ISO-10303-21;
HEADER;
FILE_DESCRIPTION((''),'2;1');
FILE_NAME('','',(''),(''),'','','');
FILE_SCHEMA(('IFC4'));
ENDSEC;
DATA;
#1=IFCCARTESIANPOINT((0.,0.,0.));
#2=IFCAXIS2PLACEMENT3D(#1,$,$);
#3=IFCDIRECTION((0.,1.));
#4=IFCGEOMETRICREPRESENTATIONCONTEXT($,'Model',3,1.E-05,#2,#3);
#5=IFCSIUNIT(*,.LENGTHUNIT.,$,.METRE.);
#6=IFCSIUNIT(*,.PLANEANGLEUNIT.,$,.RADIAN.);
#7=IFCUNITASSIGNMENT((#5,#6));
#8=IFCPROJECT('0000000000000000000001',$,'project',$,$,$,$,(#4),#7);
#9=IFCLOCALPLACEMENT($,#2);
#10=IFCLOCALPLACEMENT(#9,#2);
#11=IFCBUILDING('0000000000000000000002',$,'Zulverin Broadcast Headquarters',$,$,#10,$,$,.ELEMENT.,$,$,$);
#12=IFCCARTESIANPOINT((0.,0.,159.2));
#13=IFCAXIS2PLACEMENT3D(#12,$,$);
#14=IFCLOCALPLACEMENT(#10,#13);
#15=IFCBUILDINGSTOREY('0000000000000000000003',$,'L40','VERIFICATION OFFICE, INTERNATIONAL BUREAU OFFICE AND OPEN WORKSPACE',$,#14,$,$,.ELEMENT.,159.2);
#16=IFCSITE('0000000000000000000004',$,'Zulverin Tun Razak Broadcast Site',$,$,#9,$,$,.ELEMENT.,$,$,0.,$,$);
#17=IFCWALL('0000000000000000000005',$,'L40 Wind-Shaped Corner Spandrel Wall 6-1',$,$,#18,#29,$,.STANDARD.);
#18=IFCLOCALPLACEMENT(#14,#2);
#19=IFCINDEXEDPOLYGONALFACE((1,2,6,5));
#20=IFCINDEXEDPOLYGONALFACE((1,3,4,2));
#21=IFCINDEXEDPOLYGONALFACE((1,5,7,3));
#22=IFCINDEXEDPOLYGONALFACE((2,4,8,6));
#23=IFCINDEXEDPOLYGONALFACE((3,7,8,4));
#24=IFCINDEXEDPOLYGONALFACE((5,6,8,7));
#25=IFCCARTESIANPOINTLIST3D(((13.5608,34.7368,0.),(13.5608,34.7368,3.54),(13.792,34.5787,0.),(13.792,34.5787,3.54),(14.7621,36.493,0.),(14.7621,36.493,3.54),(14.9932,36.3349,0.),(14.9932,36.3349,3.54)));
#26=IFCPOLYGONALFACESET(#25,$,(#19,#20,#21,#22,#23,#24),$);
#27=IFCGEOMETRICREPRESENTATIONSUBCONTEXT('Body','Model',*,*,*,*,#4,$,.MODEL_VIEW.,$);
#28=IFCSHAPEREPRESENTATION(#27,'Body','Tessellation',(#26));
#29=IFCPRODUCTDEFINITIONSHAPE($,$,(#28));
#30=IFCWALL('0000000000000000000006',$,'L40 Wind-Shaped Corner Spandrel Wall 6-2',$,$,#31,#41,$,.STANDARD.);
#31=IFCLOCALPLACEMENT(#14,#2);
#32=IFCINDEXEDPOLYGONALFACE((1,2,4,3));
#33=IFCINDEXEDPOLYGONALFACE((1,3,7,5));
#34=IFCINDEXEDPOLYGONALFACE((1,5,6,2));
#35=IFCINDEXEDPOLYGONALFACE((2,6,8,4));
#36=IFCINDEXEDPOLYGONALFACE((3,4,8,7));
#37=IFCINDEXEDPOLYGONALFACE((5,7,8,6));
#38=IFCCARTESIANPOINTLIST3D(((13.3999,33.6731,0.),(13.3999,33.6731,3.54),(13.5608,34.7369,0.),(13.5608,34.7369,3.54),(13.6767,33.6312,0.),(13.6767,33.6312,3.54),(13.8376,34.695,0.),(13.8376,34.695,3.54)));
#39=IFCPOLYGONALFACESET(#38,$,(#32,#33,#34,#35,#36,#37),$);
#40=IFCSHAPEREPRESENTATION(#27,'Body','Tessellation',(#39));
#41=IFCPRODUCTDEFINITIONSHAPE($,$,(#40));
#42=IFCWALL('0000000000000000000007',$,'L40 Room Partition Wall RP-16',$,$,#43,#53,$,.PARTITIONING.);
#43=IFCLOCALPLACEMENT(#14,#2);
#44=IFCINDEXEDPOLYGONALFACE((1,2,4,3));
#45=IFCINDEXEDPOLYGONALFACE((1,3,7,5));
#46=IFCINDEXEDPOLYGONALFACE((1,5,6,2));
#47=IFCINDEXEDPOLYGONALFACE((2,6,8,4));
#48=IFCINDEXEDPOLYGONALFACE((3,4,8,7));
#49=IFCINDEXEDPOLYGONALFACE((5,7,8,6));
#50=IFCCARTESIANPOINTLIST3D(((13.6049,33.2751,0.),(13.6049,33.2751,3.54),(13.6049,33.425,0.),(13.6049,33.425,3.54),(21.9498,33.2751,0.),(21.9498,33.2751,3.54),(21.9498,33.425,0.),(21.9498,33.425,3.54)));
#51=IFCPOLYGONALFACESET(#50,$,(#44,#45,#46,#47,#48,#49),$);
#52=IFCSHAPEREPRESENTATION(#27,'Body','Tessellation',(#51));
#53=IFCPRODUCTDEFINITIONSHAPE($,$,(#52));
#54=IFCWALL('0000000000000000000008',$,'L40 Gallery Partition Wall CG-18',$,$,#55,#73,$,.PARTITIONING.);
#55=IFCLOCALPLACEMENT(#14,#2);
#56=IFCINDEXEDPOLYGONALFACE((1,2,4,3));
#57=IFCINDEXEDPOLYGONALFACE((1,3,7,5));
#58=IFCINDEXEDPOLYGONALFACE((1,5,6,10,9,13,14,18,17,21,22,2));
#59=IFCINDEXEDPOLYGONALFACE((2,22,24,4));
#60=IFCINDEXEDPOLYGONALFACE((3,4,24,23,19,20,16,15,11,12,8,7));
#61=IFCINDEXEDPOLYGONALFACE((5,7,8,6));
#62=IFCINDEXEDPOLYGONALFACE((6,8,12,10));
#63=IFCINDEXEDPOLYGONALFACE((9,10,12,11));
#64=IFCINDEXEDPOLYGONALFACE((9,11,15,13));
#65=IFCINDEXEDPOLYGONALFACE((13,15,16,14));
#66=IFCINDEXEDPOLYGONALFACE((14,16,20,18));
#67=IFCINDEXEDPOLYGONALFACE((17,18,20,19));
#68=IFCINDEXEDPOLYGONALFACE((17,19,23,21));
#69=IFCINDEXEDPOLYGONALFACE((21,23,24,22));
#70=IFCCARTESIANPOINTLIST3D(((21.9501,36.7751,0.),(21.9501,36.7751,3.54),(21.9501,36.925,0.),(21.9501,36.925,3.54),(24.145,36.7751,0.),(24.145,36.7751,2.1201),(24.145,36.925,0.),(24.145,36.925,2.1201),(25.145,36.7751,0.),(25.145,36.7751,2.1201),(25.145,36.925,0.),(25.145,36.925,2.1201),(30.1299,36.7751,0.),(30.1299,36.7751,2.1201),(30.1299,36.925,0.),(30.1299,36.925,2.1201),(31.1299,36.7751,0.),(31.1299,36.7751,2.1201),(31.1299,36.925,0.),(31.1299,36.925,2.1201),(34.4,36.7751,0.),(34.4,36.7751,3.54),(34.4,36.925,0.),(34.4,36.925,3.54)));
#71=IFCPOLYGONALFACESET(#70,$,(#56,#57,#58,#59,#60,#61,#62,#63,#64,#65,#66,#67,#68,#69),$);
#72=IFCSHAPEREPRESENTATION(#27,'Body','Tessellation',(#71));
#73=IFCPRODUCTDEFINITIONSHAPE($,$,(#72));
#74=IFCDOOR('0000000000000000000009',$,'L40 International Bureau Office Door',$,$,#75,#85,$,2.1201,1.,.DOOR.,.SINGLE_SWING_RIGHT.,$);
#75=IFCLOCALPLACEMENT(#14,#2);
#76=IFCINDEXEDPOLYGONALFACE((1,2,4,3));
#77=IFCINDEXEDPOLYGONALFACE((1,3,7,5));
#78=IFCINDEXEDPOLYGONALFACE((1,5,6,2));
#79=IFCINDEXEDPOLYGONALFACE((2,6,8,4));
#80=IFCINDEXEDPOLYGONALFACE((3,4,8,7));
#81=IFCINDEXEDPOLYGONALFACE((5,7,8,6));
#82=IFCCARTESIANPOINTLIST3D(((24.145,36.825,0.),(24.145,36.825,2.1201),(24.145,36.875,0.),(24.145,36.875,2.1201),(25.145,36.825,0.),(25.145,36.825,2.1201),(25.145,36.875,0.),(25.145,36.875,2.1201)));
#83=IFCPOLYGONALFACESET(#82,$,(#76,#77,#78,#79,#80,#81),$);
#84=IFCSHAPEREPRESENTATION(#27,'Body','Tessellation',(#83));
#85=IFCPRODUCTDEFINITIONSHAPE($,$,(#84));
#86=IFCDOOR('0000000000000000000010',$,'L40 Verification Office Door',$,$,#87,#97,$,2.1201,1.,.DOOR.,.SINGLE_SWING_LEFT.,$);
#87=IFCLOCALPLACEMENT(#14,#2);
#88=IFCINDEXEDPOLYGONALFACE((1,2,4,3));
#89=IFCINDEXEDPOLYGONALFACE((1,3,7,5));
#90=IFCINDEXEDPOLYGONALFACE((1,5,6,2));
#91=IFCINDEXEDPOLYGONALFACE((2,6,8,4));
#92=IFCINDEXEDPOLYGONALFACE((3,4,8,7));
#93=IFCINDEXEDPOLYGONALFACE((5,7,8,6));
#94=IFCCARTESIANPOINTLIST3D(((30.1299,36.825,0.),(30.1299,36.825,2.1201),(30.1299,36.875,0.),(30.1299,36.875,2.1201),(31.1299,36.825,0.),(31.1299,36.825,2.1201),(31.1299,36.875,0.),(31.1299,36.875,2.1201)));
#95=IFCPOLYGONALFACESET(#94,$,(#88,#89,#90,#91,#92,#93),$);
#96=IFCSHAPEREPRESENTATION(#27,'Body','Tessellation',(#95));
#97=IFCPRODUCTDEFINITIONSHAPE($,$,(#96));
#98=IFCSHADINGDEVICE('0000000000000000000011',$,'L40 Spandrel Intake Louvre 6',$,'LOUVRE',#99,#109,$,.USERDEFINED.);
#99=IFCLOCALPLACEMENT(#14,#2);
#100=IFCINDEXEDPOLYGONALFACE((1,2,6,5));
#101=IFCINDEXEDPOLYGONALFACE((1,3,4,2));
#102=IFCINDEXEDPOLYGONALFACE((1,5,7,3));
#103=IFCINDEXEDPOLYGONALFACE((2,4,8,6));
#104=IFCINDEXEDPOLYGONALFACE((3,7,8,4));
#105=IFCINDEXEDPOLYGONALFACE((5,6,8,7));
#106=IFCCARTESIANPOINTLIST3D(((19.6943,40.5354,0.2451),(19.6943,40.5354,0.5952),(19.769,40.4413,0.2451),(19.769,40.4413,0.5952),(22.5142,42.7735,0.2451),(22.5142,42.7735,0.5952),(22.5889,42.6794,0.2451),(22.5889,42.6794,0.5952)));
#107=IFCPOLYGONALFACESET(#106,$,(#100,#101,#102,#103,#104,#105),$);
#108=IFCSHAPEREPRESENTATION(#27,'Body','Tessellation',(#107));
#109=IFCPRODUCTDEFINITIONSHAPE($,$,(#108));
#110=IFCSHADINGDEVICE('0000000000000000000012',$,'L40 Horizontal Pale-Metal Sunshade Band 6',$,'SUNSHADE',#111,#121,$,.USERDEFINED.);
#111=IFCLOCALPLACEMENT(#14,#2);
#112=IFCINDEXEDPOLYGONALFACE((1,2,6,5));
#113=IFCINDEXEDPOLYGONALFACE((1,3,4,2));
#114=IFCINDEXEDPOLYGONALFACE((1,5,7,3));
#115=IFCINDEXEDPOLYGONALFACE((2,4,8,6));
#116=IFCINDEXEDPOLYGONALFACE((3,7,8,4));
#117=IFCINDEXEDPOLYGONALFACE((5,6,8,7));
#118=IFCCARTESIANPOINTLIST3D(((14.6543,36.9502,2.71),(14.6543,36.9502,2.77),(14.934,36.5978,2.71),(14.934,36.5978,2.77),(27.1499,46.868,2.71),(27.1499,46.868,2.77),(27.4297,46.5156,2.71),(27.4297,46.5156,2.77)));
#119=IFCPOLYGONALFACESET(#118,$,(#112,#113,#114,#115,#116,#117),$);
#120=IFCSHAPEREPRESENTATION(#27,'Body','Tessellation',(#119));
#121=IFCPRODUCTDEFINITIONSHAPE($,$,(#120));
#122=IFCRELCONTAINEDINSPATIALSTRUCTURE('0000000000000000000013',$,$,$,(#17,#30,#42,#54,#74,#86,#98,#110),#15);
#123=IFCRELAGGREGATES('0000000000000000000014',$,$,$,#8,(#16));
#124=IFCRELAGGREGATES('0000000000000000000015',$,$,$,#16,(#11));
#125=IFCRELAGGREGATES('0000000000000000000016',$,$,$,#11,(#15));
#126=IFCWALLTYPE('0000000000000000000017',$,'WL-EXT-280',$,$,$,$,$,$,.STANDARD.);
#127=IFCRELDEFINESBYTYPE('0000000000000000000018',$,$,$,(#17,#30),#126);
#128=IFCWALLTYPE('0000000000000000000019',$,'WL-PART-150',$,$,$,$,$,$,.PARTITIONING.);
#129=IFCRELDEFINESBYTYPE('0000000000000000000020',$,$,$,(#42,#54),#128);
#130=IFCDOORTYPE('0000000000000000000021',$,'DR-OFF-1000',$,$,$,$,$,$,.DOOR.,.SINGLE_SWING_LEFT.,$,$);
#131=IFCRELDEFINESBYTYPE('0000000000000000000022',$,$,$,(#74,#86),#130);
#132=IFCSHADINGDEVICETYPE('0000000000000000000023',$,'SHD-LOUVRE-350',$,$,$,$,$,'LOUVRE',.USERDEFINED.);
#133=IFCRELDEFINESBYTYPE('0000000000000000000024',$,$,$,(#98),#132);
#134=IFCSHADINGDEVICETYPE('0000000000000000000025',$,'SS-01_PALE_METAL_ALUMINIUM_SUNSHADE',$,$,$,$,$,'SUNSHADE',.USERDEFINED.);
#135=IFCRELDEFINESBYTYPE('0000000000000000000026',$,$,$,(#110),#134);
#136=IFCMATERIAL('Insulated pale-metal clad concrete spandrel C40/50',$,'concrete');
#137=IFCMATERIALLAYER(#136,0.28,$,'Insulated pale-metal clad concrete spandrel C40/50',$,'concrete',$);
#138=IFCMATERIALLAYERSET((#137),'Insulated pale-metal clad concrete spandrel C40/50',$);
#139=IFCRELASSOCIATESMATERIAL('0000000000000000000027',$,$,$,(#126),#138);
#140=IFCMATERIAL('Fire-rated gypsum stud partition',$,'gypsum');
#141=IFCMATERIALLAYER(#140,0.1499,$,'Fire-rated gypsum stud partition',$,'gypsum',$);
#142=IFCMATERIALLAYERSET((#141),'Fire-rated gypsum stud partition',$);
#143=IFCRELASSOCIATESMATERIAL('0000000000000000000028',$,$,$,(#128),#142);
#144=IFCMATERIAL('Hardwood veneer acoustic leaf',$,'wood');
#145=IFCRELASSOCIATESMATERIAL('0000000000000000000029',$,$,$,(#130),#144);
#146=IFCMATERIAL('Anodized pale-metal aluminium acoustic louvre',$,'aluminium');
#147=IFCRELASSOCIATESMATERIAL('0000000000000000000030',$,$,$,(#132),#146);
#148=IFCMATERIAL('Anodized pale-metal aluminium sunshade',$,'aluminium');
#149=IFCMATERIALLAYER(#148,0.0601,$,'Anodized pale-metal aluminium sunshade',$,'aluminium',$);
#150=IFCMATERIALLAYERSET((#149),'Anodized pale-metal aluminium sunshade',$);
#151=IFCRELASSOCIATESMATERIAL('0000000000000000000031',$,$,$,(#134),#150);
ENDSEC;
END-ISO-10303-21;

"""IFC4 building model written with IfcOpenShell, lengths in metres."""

from ifc_helpers import new_model, si_unit, direction, frame, frame_2d, origin, origin_2d, place, context, subcontext, project, spatial, rectangle, extrude, material, layer, layer_set, type_object, element, fill, save


model = new_model("IFC4")

# Units and contexts
model_context = context("Model", 3, precision=1e-05, world=origin(), true_north=direction((0.0, 1.0)))
body_context = subcontext(model_context, "Body", "Model", "MODEL_VIEW")
ifc_project = project(units=[si_unit("LENGTHUNIT", "METRE"), si_unit("PLANEANGLEUNIT", "RADIAN")], contexts=[model_context])

# Site, building, storey
site_placement = place(None, origin())
site = spatial("IfcSite", under=ifc_project, at=site_placement, Name="Zulverin Tun Razak Broadcast Site", CompositionType="ELEMENT", RefElevation=0.0)
building_placement = place(site_placement, origin())
building = spatial("IfcBuilding", under=site, at=building_placement, Name="Zulverin Broadcast Headquarters", CompositionType="ELEMENT")
storey_placement = place(building_placement, frame((0.0, 0.0, 159.2)))
storey = spatial("IfcBuildingStorey", under=building, at=storey_placement, Name="L40", Description="VERIFICATION OFFICE, INTERNATIONAL BUREAU OFFICE AND OPEN WORKSPACE", CompositionType="ELEMENT", Elevation=159.2)

# Shared definitions
ifc_material_1 = material(Name="Insulated pale-metal clad concrete spandrel C40/50", Category="concrete")
ifc_layer_1 = layer(ifc_material_1, 0.28, Name="Insulated pale-metal clad concrete spandrel C40/50", Category="concrete")
ifc_layer_set_1 = layer_set([ifc_layer_1], Name="Insulated pale-metal clad concrete spandrel C40/50")
wall_type_1 = type_object("IfcWallType", Name="WL-EXT-280", PredefinedType="STANDARD", material=ifc_layer_set_1)

# Walls
wall_1_placement = place(storey_placement, frame((14.8777, 36.4141, 0.0), z_axis=(0.0, 0.0, 1.0), x_axis=(-0.564565, -0.825389, 0.0)))
element("IfcWall", 1, at=wall_1_placement, inside=storey, type_object=wall_type_1, Name="L40 Wind-Shaped Corner Spandrel Wall 6-1", PredefinedType="STANDARD", context=body_context, shape_type="SweptSolid", body=[
    extrude(rectangle(XDim=2.1277, YDim=0.28, at=frame_2d((1.064, 0.0))), origin(), (0.0, 0.0, 1.0), 3.54),
])
wall_2_placement = place(storey_placement, frame((13.6992, 34.7161, 0.0), z_axis=(0.0, 0.0, 1.0), x_axis=(-0.14955, -0.988754, 0.0)))
element("IfcWall", 2, at=wall_2_placement, inside=storey, type_object=wall_type_1, Name="L40 Wind-Shaped Corner Spandrel Wall 6-2", PredefinedType="STANDARD", context=body_context, shape_type="SweptSolid", body=[
    extrude(rectangle(XDim=1.0759, YDim=0.28, at=frame_2d((0.5381, 0.0))), origin(), (0.0, 0.0, 1.0), 3.54),
])
ifc_material_2 = material(Name="Fire-rated gypsum stud partition", Category="gypsum")
ifc_layer_2 = layer(ifc_material_2, 0.1499, Name="Fire-rated gypsum stud partition", Category="gypsum")
ifc_layer_set_2 = layer_set([ifc_layer_2], Name="Fire-rated gypsum stud partition")
wall_type_2 = type_object("IfcWallType", Name="WL-PART-150", PredefinedType="PARTITIONING", material=ifc_layer_set_2)
wall_3_placement = place(storey_placement, frame((13.605, 33.3501, 0.0), z_axis=(0.0, 0.0, 1.0), x_axis=(1.0, 0.0, 0.0)))
element("IfcWall", 3, at=wall_3_placement, inside=storey, type_object=wall_type_2, Name="L40 Room Partition Wall RP-16", PredefinedType="PARTITIONING", context=body_context, shape_type="SweptSolid", body=[
    extrude(rectangle(XDim=8.345, YDim=0.1499, at=frame_2d((4.1724, 0.0))), origin(), (0.0, 0.0, 1.0), 3.54),
])

# Wall, openings, doors
wall_4_placement = place(storey_placement, frame((21.95, 36.8501, 0.0), z_axis=(0.0, 0.0, 1.0), x_axis=(1.0, 0.0, 0.0)))
wall_4 = element("IfcWall", 4, at=wall_4_placement, inside=storey, type_object=wall_type_2, Name="L40 Gallery Partition Wall CG-18", PredefinedType="PARTITIONING", context=body_context, shape_type="SweptSolid", body=[
    extrude(rectangle(XDim=12.45, YDim=0.1499, at=frame_2d((6.2251, 0.0))), origin(), (0.0, 0.0, 1.0), 3.54),
])
opening_1_placement = place(wall_4_placement, frame((2.1951, 0.0, 0.0)))
opening_1 = element("IfcOpeningElement", 5, at=opening_1_placement, cuts=wall_4, PredefinedType="OPENING", context=body_context, shape_type="SweptSolid", body=[
    extrude(rectangle(XDim=1.0, YDim=2.1201, at=frame_2d((0.5, 1.0601))), frame((0.0, 0.085, 0.0), z_axis=(0.0, -1.0, 0.0), x_axis=(1.0, 0.0, 0.0)), (0.0, 0.0, 1.0), 0.1699),
])
opening_2_placement = place(wall_4_placement, frame((8.1799, 0.0, 0.0)))
opening_2 = element("IfcOpeningElement", 6, at=opening_2_placement, cuts=wall_4, PredefinedType="OPENING", context=body_context, shape_type="SweptSolid", body=[
    extrude(rectangle(XDim=1.0, YDim=2.1201, at=frame_2d((0.5, 1.0601))), frame((0.0, 0.085, 0.0), z_axis=(0.0, -1.0, 0.0), x_axis=(1.0, 0.0, 0.0)), (0.0, 0.0, 1.0), 0.1699),
])
ifc_material_3 = material(Name="Hardwood veneer acoustic leaf", Category="wood")
door_type = type_object("IfcDoorType", Name="DR-OFF-1000", OperationType="SINGLE_SWING_LEFT", PredefinedType="DOOR", material=ifc_material_3)
door_1_placement = place(opening_1_placement, origin())
door_1 = element("IfcDoor", 7, at=door_1_placement, inside=storey, type_object=door_type, Name="L40 International Bureau Office Door", OperationType="SINGLE_SWING_RIGHT", OverallHeight=2.1201, OverallWidth=1.0, PredefinedType="DOOR", context=body_context, shape_type="SweptSolid", body=[
    extrude(rectangle(XDim=1.0, YDim=2.1201, at=frame_2d((0.5, 1.0601))), frame((0.0, 0.0249, 0.0), z_axis=(0.0, -1.0, 0.0), x_axis=(1.0, 0.0, 0.0)), (0.0, 0.0, 1.0), 0.05),
])
fill(opening_1, door_1)
door_2_placement = place(opening_2_placement, origin())
door_2 = element("IfcDoor", 8, at=door_2_placement, inside=storey, type_object=door_type, Name="L40 Verification Office Door", OperationType="SINGLE_SWING_LEFT", OverallHeight=2.1201, OverallWidth=1.0, PredefinedType="DOOR", context=body_context, shape_type="SweptSolid", body=[
    extrude(rectangle(XDim=1.0, YDim=2.1201, at=frame_2d((0.5, 1.0601))), frame((0.0, 0.0249, 0.0), z_axis=(0.0, -1.0, 0.0), x_axis=(1.0, 0.0, 0.0)), (0.0, 0.0, 1.0), 0.05),
])
fill(opening_2, door_2)

# Shading devices
ifc_material_4 = material(Name="Anodized pale-metal aluminium acoustic louvre", Category="aluminium")
shading_device_type_1 = type_object("IfcShadingDeviceType", Name="SHD-LOUVRE-350", ElementType="LOUVRE", PredefinedType="USERDEFINED", material=ifc_material_4)
shading_device_1_placement = place(storey_placement, frame((21.1416, 41.6074, 0.2451), z_axis=(0.0, 0.0, 1.0), x_axis=(-0.78327, -0.621681, 0.0)))
element("IfcShadingDevice", 9, at=shading_device_1_placement, inside=storey, type_object=shading_device_type_1, Name="L40 Spandrel Intake Louvre 6", ObjectType="LOUVRE", PredefinedType="USERDEFINED", context=body_context, shape_type="SweptSolid", body=[
    extrude(rectangle(XDim=3.6001, YDim=0.1201, at=origin_2d()), origin(), (0.0, 0.0, 1.0), 0.3501),
])
ifc_material_5 = material(Name="Anodized pale-metal aluminium sunshade", Category="aluminium")
ifc_layer_3 = layer(ifc_material_5, 0.0601, Name="Anodized pale-metal aluminium sunshade", Category="aluminium")
ifc_layer_set_3 = layer_set([ifc_layer_3], Name="Anodized pale-metal aluminium sunshade")
shading_device_type_2 = type_object("IfcShadingDeviceType", Name="SS-01_PALE_METAL_ALUMINIUM_SUNSHADE", ElementType="SUNSHADE", PredefinedType="USERDEFINED", material=ifc_layer_set_3)
shading_device_2_placement = place(storey_placement, frame((21.042, 41.7329, 2.71), z_axis=(0.0, 0.0, 1.0), x_axis=(-0.78327, -0.621681, 0.0)))
element("IfcShadingDevice", 10, at=shading_device_2_placement, inside=storey, type_object=shading_device_type_2, Name="L40 Horizontal Pale-Metal Sunshade Band 6", ObjectType="SUNSHADE", PredefinedType="USERDEFINED", context=body_context, shape_type="SweptSolid", body=[
    extrude(rectangle(XDim=15.9531, YDim=0.45, at=origin_2d()), origin(), (0.0, 0.0, 1.0), 0.0601),
])

save(model, "model.ifc")
